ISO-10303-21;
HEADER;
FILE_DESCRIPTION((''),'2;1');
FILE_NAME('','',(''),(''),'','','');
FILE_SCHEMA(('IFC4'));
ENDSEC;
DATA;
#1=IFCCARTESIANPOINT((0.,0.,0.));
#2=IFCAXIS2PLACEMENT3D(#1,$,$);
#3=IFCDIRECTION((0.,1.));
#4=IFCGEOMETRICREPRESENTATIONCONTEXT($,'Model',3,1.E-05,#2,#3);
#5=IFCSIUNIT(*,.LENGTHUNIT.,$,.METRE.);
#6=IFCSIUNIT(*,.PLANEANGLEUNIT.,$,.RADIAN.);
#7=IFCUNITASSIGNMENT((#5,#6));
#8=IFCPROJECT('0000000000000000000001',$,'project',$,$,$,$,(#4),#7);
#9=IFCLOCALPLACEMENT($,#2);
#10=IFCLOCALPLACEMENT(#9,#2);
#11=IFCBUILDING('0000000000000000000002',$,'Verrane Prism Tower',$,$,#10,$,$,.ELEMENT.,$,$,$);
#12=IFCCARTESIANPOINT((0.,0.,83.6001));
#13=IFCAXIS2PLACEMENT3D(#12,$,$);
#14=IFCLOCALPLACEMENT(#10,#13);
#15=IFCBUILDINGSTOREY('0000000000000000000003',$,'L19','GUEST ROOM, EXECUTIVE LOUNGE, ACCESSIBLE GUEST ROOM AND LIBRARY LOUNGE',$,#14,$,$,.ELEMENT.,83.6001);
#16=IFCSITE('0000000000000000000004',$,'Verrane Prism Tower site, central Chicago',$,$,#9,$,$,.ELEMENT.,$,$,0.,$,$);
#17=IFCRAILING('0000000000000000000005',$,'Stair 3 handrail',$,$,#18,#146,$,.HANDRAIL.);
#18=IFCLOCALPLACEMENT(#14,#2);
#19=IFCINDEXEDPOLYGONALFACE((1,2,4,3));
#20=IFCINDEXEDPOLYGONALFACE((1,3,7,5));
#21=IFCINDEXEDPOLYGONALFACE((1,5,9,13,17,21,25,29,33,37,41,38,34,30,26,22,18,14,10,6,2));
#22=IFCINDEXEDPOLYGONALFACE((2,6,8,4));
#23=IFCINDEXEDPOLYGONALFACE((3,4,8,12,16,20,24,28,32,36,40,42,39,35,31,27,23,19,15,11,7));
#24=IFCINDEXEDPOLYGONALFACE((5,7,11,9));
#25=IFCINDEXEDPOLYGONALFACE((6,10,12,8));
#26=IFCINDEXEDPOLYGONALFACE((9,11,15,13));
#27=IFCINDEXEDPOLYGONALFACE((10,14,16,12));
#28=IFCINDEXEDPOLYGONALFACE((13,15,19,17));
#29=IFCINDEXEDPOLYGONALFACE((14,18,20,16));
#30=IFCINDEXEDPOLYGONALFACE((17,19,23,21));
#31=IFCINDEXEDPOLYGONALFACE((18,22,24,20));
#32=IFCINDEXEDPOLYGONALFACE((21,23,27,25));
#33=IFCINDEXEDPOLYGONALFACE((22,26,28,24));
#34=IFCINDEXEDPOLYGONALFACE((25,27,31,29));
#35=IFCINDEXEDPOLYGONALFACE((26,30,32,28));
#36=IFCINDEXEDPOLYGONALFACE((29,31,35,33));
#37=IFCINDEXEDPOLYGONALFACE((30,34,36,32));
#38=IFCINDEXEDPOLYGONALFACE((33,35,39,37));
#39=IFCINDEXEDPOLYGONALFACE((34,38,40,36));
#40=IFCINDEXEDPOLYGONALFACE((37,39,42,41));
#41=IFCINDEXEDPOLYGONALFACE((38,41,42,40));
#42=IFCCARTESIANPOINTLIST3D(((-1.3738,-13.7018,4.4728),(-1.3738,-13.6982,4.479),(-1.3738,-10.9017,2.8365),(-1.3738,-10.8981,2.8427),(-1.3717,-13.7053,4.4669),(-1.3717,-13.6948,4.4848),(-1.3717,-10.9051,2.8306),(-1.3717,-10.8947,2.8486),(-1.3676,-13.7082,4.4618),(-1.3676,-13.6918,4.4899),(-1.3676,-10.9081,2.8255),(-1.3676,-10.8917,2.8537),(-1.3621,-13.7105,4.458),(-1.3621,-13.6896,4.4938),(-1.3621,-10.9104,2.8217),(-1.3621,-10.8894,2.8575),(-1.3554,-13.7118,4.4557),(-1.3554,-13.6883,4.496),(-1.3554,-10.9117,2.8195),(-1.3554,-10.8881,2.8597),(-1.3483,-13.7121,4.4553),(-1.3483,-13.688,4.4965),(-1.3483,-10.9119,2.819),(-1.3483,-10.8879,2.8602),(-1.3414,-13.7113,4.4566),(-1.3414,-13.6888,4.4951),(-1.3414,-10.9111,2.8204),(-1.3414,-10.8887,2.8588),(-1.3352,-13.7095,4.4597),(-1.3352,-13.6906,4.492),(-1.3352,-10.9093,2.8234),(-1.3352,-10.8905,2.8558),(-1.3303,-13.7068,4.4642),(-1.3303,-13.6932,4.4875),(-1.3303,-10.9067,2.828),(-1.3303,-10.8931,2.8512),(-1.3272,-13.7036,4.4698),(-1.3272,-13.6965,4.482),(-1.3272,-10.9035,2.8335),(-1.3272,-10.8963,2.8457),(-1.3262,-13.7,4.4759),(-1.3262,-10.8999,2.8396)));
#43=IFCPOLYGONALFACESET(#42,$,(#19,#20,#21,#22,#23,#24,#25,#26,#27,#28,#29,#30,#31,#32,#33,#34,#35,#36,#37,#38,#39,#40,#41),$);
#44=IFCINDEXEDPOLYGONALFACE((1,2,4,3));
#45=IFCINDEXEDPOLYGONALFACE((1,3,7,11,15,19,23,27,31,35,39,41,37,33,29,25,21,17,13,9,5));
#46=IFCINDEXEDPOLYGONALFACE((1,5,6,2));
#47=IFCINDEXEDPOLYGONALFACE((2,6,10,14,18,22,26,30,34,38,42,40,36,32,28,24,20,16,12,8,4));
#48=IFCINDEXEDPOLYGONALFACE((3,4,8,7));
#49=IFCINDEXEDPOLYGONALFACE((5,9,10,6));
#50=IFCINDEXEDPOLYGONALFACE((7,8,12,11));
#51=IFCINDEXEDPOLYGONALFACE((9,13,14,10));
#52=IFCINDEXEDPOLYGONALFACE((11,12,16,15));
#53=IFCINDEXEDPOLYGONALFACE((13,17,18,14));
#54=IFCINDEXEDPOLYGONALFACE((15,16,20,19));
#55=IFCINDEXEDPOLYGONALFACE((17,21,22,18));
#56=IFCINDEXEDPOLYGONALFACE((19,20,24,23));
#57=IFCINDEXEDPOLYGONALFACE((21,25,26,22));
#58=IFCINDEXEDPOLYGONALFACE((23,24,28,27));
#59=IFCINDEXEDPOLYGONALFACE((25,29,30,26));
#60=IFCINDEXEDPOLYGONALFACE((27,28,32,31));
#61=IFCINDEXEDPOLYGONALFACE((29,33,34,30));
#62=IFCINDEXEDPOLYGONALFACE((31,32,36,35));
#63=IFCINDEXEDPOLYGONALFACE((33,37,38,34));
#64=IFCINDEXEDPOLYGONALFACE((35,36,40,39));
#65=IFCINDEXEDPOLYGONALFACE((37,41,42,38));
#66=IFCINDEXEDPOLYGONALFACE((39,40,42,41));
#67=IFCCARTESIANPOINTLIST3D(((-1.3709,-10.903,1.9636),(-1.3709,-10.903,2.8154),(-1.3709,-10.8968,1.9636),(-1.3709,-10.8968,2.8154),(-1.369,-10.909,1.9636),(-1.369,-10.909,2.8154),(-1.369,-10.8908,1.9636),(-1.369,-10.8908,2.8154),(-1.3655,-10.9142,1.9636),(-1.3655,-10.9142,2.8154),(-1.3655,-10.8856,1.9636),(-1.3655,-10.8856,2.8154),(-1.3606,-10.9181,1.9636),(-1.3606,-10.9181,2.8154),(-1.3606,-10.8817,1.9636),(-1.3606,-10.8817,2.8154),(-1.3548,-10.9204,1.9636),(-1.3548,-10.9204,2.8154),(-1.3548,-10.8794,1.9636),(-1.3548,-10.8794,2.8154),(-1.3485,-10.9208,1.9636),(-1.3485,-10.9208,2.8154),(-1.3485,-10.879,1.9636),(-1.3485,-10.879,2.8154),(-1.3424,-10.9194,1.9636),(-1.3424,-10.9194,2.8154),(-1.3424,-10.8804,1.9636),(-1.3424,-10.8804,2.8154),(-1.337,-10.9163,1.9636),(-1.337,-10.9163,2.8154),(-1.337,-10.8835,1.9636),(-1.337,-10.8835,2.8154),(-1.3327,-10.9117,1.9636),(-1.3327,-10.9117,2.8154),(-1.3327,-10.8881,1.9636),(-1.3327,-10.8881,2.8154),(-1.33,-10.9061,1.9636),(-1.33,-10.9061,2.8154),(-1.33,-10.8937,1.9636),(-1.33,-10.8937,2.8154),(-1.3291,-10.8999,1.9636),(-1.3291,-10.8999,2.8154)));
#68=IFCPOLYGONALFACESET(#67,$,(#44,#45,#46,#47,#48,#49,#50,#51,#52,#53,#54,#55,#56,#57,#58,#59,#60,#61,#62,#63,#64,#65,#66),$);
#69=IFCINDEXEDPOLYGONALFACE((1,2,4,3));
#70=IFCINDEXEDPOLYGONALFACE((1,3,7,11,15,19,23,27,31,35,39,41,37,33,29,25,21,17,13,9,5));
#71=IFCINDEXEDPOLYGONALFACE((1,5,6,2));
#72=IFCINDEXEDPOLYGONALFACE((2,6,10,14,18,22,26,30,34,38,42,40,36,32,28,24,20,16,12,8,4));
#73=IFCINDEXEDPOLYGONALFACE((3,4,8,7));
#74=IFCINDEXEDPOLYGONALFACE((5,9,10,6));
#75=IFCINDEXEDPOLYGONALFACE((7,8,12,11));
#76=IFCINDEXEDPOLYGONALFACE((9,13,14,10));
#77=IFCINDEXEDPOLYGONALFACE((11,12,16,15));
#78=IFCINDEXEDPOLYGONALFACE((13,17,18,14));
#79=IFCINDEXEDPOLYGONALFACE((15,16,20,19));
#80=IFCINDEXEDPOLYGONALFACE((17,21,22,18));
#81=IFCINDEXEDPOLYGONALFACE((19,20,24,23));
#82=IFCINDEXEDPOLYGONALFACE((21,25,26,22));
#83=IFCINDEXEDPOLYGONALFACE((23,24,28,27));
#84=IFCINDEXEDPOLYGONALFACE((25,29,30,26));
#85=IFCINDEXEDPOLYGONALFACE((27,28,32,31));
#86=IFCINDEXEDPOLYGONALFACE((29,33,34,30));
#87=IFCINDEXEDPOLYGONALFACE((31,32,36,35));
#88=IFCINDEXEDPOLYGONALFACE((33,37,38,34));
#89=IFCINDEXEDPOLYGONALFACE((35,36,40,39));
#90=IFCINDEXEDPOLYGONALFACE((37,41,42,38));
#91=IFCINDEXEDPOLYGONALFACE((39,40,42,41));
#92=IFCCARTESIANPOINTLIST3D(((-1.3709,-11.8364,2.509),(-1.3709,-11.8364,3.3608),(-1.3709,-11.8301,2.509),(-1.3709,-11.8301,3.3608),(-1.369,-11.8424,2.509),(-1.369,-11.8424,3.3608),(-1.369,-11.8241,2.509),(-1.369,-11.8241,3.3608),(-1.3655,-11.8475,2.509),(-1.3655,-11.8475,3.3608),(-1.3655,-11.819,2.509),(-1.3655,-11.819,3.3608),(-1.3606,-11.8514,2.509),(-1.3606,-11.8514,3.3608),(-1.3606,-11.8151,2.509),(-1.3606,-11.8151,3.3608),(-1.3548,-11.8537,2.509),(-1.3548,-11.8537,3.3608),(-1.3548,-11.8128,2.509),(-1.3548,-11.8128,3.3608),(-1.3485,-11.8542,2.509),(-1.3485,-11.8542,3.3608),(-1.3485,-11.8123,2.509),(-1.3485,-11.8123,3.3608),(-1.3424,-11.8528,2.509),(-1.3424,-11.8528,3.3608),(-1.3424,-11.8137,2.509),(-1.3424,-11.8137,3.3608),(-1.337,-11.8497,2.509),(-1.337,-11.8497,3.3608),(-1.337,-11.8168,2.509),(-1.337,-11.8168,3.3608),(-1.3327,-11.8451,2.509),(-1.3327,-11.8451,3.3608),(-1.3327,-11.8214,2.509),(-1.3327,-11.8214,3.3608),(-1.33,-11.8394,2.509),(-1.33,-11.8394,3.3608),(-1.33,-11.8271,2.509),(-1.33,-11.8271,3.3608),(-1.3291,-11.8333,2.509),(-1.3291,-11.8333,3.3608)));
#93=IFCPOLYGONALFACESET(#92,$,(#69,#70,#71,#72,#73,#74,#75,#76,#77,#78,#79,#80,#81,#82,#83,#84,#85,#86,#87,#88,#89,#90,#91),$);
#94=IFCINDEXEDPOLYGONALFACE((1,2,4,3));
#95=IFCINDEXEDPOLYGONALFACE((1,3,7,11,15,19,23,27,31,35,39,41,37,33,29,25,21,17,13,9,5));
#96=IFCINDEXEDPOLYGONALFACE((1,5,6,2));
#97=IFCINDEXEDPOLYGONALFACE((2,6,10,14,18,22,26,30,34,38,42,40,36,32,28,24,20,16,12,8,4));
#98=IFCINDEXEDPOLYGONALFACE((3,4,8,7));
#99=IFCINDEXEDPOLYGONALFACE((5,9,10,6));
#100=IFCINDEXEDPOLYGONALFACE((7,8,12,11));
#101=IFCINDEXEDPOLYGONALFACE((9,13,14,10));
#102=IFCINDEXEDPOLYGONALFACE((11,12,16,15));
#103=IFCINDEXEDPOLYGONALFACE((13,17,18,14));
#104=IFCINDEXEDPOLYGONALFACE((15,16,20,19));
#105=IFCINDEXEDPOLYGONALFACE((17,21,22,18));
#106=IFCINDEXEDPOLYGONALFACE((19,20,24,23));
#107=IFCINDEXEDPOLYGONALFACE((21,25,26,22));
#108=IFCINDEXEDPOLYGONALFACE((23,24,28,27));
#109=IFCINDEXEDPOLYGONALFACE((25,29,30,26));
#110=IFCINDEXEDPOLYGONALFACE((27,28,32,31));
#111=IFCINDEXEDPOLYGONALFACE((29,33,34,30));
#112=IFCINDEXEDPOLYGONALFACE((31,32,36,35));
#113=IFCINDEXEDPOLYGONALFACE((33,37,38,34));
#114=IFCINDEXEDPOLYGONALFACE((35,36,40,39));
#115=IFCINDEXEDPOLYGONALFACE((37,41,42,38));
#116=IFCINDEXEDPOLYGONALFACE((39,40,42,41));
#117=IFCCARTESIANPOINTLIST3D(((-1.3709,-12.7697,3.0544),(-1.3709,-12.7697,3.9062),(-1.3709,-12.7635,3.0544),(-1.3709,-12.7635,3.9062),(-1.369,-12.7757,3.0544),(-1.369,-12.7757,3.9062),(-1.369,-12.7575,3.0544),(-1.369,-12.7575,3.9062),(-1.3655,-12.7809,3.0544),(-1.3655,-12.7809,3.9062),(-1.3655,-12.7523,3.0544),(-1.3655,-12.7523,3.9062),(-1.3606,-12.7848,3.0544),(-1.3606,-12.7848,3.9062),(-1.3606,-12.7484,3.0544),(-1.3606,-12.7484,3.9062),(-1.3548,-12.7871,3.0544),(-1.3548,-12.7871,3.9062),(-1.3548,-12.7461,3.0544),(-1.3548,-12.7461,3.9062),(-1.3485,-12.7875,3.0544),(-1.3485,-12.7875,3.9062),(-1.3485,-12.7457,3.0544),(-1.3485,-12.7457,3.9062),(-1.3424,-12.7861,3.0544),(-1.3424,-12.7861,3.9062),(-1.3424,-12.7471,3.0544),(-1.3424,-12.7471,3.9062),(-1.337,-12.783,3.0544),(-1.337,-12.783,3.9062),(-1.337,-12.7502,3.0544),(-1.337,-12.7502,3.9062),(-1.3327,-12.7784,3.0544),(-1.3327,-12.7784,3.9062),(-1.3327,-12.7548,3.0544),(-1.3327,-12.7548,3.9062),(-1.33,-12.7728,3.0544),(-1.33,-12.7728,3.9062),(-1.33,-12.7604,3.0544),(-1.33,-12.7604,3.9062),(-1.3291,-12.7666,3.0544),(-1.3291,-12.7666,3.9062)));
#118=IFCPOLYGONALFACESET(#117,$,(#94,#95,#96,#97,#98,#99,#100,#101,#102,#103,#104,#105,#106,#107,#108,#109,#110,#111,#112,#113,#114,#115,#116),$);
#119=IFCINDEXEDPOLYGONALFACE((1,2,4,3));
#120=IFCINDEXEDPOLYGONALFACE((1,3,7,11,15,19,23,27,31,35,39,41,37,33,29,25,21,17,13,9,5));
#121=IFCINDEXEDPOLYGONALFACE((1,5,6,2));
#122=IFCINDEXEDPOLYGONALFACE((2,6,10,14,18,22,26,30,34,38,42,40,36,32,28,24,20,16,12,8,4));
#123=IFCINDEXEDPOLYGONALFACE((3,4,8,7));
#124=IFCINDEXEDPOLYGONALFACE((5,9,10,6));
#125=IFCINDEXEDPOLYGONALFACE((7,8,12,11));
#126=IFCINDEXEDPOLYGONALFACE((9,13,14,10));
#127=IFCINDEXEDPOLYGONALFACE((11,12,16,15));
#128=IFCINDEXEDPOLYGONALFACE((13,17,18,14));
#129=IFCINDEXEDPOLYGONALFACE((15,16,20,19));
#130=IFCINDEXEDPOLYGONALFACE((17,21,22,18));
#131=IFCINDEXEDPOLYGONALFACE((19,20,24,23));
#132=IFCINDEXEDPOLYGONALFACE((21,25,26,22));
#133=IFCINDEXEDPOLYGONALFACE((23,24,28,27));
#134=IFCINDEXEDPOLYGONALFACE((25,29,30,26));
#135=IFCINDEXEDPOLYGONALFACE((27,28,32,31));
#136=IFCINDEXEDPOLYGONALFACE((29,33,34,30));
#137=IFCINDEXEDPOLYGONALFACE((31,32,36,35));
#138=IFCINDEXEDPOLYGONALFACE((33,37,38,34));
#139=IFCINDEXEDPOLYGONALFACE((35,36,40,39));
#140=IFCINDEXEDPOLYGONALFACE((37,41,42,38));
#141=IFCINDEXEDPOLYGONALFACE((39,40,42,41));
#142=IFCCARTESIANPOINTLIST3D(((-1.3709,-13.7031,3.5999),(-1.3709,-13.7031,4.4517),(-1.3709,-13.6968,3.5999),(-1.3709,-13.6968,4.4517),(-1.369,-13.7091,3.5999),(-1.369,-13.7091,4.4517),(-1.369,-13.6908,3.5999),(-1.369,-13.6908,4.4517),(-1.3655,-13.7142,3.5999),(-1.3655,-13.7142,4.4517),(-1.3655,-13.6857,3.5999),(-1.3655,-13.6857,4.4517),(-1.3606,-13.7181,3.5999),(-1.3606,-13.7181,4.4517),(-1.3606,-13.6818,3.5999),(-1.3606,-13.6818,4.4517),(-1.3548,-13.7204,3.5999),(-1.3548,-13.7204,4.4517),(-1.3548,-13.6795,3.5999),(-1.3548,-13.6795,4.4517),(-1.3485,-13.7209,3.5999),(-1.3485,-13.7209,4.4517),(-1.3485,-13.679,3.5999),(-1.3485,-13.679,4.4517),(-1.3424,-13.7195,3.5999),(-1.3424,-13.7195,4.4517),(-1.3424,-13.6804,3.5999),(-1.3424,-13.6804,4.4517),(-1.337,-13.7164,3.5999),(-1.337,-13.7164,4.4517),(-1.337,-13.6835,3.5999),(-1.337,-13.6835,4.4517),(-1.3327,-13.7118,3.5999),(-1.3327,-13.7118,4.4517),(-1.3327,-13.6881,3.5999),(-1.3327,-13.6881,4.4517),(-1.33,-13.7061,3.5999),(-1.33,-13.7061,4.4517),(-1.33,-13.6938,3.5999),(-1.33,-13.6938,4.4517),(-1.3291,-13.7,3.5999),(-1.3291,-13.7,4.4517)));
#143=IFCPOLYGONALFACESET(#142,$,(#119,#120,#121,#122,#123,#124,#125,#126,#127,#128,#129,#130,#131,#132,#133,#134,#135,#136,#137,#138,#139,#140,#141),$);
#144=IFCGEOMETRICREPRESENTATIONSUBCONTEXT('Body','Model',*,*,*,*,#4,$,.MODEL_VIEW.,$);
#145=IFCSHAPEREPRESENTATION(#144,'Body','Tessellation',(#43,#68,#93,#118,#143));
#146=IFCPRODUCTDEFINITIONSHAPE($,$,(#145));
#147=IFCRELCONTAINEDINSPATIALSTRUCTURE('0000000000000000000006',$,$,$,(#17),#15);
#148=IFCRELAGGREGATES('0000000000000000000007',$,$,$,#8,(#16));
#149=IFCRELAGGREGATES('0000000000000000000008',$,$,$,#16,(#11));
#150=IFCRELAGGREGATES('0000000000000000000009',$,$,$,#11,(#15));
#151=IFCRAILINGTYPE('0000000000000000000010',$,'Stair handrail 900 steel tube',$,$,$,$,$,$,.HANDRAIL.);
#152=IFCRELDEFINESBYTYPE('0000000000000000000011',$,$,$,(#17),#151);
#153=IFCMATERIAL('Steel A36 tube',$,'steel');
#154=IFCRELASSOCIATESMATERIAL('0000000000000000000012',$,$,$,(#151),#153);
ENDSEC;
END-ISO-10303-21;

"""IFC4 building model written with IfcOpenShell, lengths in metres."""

from ifc_helpers import new_model, si_unit, direction, frame, origin, origin_2d, place, context, subcontext, project, spatial, circle, extrude, material, type_object, element, save


model = new_model("IFC4")

# Units and contexts
model_context = context("Model", 3, precision=1e-05, world=origin(), true_north=direction((0.0, 1.0)))
body_context = subcontext(model_context, "Body", "Model", "MODEL_VIEW")
ifc_project = project(units=[si_unit("LENGTHUNIT", "METRE"), si_unit("PLANEANGLEUNIT", "RADIAN")], contexts=[model_context])

# Site, building, storey
site_placement = place(None, origin())
site = spatial("IfcSite", under=ifc_project, at=site_placement, Name="Verrane Prism Tower site, central Chicago", CompositionType="ELEMENT", RefElevation=0.0)
building_placement = place(site_placement, origin())
building = spatial("IfcBuilding", under=site, at=building_placement, Name="Verrane Prism Tower", CompositionType="ELEMENT")
storey_placement = place(building_placement, frame((0.0, 0.0, 83.6001)))
storey = spatial("IfcBuildingStorey", under=building, at=storey_placement, Name="L19", Description="GUEST ROOM, EXECUTIVE LOUNGE, ACCESSIBLE GUEST ROOM AND LIBRARY LOUNGE", CompositionType="ELEMENT", Elevation=83.6001)

# Railing
ifc_material_1 = material(Name="Steel A36 tube", Category="steel")
railing_type = type_object("IfcRailingType", Name="Stair handrail 900 steel tube", PredefinedType="HANDRAIL", material=ifc_material_1)
railing_placement = place(storey_placement, frame((-1.3501, -10.8999, 1.9636)))
element("IfcRailing", 1, at=railing_placement, inside=storey, type_object=railing_type, Name="Stair 3 handrail", PredefinedType="HANDRAIL", context=body_context, shape_type="SweptSolid", body=[
    extrude(circle(Radius=0.0239, at=origin_2d()), frame((0.0, 0.0, 0.876), z_axis=(0.0, -0.863394, 0.504531), x_axis=(1.0, 0.0, 0.0)), (0.0, 0.0, 1.0), 3.2432),
    extrude(circle(Radius=0.021, at=origin_2d()), origin(), (0.0, 0.0, 1.0), 0.8518),
    extrude(circle(Radius=0.021, at=origin_2d()), frame((0.0, -0.9333, 0.5454)), (0.0, 0.0, 1.0), 0.8518),
    extrude(circle(Radius=0.021, at=origin_2d()), frame((0.0, -1.8667, 1.0908)), (0.0, 0.0, 1.0), 0.8518),
    extrude(circle(Radius=0.021, at=origin_2d()), frame((0.0, -2.8, 1.6362)), (0.0, 0.0, 1.0), 0.8518),
])

save(model, "model.ifc")
